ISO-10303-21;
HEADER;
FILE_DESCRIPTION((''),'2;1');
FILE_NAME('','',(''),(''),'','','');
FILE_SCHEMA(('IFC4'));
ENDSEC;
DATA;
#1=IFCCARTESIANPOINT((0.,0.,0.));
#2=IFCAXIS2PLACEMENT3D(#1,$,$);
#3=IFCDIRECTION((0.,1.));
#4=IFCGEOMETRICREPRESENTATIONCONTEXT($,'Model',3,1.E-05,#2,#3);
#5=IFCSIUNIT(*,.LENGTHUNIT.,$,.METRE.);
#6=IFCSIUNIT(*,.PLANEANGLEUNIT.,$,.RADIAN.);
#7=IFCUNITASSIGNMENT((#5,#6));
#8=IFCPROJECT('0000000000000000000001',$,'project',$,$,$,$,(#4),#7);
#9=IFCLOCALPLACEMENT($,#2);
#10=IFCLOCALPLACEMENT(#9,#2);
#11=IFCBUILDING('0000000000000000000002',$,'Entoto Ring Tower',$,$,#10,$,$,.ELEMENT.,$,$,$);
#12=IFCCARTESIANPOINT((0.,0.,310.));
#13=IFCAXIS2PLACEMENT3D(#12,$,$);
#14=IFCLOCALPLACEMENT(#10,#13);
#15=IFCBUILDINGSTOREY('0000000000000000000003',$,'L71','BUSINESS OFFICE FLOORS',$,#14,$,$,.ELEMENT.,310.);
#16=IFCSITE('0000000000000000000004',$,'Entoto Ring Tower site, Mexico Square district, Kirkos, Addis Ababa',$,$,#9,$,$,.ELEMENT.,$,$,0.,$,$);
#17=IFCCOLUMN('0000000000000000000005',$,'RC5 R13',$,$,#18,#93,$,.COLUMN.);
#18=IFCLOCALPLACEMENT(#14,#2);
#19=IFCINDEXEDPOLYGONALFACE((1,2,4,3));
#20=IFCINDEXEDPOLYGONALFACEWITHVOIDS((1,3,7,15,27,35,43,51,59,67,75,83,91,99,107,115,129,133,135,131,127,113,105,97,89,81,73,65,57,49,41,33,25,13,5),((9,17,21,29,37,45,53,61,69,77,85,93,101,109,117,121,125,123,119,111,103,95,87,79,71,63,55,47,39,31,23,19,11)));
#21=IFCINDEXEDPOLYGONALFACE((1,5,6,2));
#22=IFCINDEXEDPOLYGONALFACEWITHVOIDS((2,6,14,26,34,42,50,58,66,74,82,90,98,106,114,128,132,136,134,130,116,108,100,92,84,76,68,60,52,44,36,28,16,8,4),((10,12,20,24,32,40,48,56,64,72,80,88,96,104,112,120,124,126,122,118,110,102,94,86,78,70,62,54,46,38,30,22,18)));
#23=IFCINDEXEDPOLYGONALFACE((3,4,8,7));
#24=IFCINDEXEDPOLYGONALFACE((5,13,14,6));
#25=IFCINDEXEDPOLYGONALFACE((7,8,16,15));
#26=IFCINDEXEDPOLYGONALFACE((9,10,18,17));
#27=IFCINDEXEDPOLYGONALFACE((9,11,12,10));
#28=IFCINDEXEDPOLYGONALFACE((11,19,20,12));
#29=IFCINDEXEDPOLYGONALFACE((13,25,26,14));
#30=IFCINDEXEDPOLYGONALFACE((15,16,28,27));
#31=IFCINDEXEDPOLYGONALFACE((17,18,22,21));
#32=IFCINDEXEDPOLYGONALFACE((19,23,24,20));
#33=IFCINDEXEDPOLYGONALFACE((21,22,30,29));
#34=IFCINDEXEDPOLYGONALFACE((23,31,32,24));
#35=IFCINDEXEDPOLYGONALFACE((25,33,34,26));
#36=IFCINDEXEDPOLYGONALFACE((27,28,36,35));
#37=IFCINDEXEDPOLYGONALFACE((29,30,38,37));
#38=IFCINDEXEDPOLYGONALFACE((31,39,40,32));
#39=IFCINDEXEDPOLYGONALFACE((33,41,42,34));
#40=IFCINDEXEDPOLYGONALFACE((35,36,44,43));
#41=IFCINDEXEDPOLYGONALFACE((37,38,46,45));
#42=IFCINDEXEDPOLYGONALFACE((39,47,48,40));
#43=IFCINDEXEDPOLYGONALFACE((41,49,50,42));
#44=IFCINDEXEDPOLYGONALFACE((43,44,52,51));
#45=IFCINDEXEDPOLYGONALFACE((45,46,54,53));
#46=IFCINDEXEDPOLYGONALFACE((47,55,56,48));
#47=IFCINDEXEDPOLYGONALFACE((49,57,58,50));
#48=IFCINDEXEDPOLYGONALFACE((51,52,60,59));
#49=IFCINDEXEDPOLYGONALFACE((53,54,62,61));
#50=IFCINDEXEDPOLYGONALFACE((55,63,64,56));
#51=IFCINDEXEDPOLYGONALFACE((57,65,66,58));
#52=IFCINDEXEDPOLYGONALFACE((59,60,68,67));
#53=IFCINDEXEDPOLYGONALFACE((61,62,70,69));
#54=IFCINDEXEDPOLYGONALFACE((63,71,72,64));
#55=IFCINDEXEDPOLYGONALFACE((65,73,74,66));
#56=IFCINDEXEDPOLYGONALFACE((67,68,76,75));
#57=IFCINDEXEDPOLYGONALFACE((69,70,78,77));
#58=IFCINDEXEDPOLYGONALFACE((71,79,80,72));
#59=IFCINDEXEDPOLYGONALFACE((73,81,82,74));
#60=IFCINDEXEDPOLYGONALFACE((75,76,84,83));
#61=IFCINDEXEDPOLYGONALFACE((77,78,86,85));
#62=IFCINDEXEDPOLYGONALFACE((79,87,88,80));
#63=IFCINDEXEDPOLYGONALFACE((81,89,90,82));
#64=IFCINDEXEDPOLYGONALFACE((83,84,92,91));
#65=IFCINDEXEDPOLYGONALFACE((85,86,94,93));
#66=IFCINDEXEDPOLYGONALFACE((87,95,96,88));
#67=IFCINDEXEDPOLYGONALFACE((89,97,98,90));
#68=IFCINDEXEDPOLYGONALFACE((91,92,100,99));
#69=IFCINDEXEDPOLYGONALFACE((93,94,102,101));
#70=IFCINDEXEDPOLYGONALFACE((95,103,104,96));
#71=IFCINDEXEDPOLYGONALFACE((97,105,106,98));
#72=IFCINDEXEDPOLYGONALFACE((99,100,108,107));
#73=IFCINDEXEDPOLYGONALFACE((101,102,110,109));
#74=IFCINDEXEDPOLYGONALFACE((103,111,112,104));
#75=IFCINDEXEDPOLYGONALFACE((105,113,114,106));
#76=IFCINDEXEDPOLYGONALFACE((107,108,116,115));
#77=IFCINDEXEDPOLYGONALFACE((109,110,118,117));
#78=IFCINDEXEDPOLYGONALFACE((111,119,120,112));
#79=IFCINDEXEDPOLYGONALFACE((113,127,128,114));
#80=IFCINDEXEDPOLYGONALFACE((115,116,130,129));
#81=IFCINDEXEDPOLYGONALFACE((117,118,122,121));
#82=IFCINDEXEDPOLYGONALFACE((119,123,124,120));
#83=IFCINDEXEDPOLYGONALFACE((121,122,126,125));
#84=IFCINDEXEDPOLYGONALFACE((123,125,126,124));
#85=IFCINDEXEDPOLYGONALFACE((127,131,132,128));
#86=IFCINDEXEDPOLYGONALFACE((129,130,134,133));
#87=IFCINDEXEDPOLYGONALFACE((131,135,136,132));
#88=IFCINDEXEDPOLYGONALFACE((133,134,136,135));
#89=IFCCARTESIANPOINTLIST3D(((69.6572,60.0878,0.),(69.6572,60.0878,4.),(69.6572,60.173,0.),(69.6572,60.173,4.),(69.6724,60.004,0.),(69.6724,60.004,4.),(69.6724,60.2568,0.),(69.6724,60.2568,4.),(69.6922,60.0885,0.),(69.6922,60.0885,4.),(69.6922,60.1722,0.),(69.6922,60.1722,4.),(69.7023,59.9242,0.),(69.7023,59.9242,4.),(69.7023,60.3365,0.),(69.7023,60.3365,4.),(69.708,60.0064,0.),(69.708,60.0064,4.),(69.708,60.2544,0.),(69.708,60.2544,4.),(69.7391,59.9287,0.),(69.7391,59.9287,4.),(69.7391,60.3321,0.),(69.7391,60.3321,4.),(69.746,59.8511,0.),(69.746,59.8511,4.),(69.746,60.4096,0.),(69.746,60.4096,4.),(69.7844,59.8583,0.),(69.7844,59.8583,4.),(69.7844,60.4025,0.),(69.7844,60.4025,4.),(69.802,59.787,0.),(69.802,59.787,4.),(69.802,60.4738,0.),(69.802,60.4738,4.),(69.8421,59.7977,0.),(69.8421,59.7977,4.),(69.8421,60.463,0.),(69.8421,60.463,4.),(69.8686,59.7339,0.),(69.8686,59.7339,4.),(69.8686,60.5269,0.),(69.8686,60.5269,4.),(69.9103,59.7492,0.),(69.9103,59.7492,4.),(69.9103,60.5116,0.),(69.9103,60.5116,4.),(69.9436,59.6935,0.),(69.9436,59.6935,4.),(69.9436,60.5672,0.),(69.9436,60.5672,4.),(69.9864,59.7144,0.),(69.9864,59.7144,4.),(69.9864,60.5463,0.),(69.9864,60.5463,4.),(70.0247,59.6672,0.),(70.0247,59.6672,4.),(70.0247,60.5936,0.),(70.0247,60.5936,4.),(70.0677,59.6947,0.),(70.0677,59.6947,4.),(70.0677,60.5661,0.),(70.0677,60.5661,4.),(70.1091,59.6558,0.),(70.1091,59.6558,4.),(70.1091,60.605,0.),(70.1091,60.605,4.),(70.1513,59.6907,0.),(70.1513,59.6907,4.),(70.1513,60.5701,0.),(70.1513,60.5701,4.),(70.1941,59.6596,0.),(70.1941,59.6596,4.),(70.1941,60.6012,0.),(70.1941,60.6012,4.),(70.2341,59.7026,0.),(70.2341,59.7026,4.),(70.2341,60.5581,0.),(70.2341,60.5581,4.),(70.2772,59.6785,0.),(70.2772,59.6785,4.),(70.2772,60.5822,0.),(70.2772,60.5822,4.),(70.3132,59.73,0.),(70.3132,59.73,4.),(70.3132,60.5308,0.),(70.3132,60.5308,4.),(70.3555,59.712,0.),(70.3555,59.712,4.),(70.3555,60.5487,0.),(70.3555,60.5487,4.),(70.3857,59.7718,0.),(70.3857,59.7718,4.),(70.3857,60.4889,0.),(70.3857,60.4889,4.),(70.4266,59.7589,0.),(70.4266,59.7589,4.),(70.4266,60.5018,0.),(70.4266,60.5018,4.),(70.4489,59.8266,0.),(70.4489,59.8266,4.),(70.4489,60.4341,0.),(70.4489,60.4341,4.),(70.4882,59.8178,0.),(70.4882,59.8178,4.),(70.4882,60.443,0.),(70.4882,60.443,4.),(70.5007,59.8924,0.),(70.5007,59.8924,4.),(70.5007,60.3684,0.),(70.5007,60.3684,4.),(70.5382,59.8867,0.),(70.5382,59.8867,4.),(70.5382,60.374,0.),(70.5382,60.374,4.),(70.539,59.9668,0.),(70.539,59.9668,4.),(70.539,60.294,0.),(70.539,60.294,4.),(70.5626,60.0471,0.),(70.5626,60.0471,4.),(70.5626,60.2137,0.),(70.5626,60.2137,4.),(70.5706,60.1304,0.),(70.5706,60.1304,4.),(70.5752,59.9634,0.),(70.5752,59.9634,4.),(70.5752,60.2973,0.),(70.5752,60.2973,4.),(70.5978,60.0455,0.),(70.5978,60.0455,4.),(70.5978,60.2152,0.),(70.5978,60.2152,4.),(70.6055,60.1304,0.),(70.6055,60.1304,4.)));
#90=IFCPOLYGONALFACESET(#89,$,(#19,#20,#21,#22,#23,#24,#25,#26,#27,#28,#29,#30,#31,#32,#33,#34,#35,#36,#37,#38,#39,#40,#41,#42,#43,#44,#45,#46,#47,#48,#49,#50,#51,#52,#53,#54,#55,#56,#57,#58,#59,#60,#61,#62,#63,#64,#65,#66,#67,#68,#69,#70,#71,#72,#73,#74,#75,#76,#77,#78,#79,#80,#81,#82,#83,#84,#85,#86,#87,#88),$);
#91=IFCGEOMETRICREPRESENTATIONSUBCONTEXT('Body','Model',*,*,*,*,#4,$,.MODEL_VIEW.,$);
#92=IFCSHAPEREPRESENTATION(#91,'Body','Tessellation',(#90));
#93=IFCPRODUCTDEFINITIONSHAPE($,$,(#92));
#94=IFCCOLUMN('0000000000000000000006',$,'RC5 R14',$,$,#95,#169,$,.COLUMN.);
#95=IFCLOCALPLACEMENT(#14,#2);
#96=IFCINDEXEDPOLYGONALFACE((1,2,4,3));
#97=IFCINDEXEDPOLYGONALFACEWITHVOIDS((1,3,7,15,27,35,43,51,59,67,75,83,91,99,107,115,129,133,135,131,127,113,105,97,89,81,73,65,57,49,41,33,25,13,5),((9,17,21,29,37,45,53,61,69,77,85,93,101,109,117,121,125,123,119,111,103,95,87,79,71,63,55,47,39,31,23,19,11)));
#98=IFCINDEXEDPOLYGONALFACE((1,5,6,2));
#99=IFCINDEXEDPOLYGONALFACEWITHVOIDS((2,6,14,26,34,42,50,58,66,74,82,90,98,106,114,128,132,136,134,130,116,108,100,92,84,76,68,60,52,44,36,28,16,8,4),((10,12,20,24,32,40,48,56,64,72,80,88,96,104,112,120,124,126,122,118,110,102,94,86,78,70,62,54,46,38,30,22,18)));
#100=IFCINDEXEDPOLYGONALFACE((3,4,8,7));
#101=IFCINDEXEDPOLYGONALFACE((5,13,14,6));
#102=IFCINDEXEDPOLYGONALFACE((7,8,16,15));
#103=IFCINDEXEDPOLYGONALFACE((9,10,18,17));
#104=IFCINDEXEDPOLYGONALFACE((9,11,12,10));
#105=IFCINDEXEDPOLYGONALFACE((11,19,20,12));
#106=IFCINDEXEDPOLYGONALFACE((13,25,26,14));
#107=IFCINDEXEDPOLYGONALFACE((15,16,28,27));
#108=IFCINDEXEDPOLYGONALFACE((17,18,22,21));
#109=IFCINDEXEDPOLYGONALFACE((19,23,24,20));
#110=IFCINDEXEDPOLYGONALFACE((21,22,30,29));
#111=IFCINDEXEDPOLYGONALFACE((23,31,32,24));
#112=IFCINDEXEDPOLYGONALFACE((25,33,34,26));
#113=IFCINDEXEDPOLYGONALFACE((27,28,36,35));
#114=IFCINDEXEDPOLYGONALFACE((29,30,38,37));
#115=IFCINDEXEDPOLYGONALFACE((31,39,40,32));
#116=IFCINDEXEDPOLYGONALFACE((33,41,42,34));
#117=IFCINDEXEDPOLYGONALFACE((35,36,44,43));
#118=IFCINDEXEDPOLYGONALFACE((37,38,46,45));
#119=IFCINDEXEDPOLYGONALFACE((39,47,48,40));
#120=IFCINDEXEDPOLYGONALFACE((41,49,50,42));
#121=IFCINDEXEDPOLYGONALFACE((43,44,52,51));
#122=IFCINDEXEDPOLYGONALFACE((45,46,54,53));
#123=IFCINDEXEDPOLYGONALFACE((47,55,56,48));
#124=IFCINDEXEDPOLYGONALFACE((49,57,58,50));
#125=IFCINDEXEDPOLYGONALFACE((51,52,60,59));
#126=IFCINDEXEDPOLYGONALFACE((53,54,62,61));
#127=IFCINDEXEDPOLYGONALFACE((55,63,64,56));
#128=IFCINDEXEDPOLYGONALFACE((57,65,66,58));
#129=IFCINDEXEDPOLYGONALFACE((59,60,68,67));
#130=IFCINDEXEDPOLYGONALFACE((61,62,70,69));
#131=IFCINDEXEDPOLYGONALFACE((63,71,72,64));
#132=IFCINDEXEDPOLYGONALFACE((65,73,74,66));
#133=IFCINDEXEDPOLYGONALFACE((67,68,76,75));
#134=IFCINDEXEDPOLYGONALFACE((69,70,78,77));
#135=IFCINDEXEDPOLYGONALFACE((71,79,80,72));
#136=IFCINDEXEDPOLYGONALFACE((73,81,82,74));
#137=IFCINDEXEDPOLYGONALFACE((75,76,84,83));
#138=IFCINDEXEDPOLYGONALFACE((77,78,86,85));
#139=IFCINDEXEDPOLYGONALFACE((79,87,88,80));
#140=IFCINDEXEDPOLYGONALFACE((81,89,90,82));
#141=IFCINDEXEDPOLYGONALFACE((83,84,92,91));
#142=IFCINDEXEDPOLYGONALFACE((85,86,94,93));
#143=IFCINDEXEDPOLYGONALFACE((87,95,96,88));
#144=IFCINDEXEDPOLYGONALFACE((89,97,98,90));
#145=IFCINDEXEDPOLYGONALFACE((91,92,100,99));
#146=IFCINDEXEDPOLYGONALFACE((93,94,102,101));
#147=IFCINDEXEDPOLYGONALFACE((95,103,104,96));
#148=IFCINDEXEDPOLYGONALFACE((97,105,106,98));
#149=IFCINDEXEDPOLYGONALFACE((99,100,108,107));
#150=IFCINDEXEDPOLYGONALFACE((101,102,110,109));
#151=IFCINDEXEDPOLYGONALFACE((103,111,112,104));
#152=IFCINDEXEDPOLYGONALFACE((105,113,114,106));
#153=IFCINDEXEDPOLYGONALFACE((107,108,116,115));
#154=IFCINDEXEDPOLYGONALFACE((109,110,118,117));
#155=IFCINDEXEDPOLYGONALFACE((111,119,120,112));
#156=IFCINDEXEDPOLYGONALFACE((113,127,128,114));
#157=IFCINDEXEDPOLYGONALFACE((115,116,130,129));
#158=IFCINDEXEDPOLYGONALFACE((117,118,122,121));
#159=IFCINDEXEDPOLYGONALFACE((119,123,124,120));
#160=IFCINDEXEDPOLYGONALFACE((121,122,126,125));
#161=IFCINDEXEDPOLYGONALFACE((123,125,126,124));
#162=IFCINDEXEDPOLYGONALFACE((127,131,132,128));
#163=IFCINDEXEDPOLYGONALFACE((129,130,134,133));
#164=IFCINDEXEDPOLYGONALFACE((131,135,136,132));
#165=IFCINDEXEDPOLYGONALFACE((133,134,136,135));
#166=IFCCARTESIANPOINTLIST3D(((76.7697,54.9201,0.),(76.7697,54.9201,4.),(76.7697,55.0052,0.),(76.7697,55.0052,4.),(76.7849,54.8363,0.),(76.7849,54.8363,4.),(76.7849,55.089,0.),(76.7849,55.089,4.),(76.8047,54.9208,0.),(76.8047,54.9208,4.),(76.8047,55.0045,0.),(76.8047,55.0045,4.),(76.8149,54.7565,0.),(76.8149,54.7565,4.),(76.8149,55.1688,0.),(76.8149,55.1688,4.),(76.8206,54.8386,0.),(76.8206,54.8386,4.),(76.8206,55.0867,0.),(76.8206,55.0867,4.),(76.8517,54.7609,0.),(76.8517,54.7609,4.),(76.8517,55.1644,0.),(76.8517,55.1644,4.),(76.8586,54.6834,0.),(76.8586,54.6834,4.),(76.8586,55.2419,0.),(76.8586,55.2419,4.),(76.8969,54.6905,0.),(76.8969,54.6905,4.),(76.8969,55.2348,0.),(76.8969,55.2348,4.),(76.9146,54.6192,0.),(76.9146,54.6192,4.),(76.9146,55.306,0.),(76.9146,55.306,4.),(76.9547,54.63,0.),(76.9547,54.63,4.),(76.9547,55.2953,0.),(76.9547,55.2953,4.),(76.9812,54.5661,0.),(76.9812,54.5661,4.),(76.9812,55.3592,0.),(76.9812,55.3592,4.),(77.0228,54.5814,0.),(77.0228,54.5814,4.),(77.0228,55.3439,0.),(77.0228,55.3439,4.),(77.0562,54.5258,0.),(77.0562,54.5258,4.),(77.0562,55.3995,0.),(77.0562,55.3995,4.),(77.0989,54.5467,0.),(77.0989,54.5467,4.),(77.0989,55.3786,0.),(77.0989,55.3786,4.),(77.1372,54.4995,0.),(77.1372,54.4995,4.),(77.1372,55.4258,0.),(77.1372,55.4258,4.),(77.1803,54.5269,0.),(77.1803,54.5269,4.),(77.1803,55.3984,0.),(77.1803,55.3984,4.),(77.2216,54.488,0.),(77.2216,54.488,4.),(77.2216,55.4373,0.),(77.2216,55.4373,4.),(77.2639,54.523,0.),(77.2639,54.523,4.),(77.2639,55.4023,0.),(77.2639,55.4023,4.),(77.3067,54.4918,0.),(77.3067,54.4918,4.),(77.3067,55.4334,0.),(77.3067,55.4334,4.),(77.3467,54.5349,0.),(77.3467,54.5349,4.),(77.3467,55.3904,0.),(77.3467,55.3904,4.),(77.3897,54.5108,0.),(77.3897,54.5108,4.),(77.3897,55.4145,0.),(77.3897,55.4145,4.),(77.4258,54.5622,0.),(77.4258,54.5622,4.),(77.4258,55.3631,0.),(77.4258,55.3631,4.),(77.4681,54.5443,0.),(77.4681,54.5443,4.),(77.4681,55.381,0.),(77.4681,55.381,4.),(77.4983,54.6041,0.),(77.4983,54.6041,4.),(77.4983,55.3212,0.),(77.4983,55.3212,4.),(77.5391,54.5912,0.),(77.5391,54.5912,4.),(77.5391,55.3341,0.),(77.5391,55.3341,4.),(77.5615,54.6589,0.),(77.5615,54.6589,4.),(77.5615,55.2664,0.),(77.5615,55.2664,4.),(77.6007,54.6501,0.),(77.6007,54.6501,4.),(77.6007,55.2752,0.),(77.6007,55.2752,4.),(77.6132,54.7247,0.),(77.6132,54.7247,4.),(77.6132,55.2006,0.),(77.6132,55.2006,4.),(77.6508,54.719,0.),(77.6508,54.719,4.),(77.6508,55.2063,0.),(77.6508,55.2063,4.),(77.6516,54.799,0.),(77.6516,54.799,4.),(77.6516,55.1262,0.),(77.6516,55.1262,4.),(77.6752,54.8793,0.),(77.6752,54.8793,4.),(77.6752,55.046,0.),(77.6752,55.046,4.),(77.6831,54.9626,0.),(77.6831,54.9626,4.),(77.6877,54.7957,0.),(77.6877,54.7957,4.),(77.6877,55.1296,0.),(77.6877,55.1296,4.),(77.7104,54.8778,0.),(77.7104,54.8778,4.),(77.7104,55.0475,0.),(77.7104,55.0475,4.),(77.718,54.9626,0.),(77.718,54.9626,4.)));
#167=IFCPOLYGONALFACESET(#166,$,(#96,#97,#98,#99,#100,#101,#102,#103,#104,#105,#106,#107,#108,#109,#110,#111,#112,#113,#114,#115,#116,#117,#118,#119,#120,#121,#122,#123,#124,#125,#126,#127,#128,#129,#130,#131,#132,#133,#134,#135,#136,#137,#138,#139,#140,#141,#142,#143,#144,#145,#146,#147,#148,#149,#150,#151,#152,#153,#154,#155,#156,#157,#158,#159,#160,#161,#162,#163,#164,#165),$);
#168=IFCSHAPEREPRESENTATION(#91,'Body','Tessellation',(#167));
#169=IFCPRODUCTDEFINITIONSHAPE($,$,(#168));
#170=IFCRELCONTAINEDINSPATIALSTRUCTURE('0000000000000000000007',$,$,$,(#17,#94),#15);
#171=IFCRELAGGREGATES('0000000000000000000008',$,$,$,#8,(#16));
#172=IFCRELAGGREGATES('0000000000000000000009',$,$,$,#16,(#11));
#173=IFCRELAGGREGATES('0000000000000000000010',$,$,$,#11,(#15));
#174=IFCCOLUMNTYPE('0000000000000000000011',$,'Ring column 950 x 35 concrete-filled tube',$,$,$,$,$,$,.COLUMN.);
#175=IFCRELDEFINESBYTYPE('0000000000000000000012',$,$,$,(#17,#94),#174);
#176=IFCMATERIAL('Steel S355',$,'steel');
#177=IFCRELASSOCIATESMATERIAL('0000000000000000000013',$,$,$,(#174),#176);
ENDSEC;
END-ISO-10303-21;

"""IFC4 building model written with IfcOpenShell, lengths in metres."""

from ifc_helpers import new_model, si_unit, direction, frame, origin, origin_2d, place, context, subcontext, project, spatial, circle, hollow_circle, extrude, material, material_profile, profile_set, type_object, element, save


model = new_model("IFC4")

# Units and contexts
model_context = context("Model", 3, precision=1e-05, world=origin(), true_north=direction((0.0, 1.0)))
body_context = subcontext(model_context, "Body", "Model", "MODEL_VIEW")
ifc_project = project(units=[si_unit("LENGTHUNIT", "METRE"), si_unit("PLANEANGLEUNIT", "RADIAN")], contexts=[model_context])

# Site, building, storey
site_placement = place(None, origin())
site = spatial("IfcSite", under=ifc_project, at=site_placement, Name="Entoto Ring Tower site, Mexico Square district, Kirkos, Addis Ababa", CompositionType="ELEMENT", RefElevation=0.0)
building_placement = place(site_placement, origin())
building = spatial("IfcBuilding", under=site, at=building_placement, Name="Entoto Ring Tower", CompositionType="ELEMENT")
storey_placement = place(building_placement, frame((0.0, 0.0, 310.0)))
storey = spatial("IfcBuildingStorey", under=building, at=storey_placement, Name="L71", Description="BUSINESS OFFICE FLOORS", CompositionType="ELEMENT", Elevation=310.0)

# Columns
ifc_material_1 = material(Name="Steel S355", Category="steel")
ifc_material_profile_1 = material_profile(ifc_material_1, hollow_circle(Radius=0.4751, WallThickness=0.0349, at=origin_2d()), Name="CHS 950 x 35")
ifc_material_2 = material(Name="Concrete C60/75", Category="concrete")
ifc_material_profile_2 = material_profile(ifc_material_2, circle(Radius=0.4399, at=origin_2d()), Name="Concrete C60/75 infill")
ifc_profile_set_1 = profile_set([ifc_material_profile_1, ifc_material_profile_2], Name="Steel S355")
column_type = type_object("IfcColumnType", Name="Ring column 950 x 35 concrete-filled tube", PredefinedType="COLUMN", material=ifc_profile_set_1)
for number, where, z_axis, x_axis, name in (
    (1, (70.1304, 60.1304, 0.0), (0.0, 0.0, 1.0), (1.0, 0.0, 0.0), "RC5 R13"),
    (2, (77.2429, 54.9626, 0.0), (0.0, 0.0, 1.0), (1.0, 0.0, 0.0), "RC5 R14"),
):
    element("IfcColumn", number, at=place(storey_placement, frame(where, z_axis=z_axis, x_axis=x_axis)), inside=storey, type_object=column_type, Name=name, PredefinedType="COLUMN", context=body_context, shape_type="SweptSolid", body=[
        extrude(hollow_circle(Radius=0.4751, WallThickness=0.0349, at=origin_2d()), origin(), (0.0, 0.0, 1.0), 4.0),
    ])

save(model, "model.ifc")
